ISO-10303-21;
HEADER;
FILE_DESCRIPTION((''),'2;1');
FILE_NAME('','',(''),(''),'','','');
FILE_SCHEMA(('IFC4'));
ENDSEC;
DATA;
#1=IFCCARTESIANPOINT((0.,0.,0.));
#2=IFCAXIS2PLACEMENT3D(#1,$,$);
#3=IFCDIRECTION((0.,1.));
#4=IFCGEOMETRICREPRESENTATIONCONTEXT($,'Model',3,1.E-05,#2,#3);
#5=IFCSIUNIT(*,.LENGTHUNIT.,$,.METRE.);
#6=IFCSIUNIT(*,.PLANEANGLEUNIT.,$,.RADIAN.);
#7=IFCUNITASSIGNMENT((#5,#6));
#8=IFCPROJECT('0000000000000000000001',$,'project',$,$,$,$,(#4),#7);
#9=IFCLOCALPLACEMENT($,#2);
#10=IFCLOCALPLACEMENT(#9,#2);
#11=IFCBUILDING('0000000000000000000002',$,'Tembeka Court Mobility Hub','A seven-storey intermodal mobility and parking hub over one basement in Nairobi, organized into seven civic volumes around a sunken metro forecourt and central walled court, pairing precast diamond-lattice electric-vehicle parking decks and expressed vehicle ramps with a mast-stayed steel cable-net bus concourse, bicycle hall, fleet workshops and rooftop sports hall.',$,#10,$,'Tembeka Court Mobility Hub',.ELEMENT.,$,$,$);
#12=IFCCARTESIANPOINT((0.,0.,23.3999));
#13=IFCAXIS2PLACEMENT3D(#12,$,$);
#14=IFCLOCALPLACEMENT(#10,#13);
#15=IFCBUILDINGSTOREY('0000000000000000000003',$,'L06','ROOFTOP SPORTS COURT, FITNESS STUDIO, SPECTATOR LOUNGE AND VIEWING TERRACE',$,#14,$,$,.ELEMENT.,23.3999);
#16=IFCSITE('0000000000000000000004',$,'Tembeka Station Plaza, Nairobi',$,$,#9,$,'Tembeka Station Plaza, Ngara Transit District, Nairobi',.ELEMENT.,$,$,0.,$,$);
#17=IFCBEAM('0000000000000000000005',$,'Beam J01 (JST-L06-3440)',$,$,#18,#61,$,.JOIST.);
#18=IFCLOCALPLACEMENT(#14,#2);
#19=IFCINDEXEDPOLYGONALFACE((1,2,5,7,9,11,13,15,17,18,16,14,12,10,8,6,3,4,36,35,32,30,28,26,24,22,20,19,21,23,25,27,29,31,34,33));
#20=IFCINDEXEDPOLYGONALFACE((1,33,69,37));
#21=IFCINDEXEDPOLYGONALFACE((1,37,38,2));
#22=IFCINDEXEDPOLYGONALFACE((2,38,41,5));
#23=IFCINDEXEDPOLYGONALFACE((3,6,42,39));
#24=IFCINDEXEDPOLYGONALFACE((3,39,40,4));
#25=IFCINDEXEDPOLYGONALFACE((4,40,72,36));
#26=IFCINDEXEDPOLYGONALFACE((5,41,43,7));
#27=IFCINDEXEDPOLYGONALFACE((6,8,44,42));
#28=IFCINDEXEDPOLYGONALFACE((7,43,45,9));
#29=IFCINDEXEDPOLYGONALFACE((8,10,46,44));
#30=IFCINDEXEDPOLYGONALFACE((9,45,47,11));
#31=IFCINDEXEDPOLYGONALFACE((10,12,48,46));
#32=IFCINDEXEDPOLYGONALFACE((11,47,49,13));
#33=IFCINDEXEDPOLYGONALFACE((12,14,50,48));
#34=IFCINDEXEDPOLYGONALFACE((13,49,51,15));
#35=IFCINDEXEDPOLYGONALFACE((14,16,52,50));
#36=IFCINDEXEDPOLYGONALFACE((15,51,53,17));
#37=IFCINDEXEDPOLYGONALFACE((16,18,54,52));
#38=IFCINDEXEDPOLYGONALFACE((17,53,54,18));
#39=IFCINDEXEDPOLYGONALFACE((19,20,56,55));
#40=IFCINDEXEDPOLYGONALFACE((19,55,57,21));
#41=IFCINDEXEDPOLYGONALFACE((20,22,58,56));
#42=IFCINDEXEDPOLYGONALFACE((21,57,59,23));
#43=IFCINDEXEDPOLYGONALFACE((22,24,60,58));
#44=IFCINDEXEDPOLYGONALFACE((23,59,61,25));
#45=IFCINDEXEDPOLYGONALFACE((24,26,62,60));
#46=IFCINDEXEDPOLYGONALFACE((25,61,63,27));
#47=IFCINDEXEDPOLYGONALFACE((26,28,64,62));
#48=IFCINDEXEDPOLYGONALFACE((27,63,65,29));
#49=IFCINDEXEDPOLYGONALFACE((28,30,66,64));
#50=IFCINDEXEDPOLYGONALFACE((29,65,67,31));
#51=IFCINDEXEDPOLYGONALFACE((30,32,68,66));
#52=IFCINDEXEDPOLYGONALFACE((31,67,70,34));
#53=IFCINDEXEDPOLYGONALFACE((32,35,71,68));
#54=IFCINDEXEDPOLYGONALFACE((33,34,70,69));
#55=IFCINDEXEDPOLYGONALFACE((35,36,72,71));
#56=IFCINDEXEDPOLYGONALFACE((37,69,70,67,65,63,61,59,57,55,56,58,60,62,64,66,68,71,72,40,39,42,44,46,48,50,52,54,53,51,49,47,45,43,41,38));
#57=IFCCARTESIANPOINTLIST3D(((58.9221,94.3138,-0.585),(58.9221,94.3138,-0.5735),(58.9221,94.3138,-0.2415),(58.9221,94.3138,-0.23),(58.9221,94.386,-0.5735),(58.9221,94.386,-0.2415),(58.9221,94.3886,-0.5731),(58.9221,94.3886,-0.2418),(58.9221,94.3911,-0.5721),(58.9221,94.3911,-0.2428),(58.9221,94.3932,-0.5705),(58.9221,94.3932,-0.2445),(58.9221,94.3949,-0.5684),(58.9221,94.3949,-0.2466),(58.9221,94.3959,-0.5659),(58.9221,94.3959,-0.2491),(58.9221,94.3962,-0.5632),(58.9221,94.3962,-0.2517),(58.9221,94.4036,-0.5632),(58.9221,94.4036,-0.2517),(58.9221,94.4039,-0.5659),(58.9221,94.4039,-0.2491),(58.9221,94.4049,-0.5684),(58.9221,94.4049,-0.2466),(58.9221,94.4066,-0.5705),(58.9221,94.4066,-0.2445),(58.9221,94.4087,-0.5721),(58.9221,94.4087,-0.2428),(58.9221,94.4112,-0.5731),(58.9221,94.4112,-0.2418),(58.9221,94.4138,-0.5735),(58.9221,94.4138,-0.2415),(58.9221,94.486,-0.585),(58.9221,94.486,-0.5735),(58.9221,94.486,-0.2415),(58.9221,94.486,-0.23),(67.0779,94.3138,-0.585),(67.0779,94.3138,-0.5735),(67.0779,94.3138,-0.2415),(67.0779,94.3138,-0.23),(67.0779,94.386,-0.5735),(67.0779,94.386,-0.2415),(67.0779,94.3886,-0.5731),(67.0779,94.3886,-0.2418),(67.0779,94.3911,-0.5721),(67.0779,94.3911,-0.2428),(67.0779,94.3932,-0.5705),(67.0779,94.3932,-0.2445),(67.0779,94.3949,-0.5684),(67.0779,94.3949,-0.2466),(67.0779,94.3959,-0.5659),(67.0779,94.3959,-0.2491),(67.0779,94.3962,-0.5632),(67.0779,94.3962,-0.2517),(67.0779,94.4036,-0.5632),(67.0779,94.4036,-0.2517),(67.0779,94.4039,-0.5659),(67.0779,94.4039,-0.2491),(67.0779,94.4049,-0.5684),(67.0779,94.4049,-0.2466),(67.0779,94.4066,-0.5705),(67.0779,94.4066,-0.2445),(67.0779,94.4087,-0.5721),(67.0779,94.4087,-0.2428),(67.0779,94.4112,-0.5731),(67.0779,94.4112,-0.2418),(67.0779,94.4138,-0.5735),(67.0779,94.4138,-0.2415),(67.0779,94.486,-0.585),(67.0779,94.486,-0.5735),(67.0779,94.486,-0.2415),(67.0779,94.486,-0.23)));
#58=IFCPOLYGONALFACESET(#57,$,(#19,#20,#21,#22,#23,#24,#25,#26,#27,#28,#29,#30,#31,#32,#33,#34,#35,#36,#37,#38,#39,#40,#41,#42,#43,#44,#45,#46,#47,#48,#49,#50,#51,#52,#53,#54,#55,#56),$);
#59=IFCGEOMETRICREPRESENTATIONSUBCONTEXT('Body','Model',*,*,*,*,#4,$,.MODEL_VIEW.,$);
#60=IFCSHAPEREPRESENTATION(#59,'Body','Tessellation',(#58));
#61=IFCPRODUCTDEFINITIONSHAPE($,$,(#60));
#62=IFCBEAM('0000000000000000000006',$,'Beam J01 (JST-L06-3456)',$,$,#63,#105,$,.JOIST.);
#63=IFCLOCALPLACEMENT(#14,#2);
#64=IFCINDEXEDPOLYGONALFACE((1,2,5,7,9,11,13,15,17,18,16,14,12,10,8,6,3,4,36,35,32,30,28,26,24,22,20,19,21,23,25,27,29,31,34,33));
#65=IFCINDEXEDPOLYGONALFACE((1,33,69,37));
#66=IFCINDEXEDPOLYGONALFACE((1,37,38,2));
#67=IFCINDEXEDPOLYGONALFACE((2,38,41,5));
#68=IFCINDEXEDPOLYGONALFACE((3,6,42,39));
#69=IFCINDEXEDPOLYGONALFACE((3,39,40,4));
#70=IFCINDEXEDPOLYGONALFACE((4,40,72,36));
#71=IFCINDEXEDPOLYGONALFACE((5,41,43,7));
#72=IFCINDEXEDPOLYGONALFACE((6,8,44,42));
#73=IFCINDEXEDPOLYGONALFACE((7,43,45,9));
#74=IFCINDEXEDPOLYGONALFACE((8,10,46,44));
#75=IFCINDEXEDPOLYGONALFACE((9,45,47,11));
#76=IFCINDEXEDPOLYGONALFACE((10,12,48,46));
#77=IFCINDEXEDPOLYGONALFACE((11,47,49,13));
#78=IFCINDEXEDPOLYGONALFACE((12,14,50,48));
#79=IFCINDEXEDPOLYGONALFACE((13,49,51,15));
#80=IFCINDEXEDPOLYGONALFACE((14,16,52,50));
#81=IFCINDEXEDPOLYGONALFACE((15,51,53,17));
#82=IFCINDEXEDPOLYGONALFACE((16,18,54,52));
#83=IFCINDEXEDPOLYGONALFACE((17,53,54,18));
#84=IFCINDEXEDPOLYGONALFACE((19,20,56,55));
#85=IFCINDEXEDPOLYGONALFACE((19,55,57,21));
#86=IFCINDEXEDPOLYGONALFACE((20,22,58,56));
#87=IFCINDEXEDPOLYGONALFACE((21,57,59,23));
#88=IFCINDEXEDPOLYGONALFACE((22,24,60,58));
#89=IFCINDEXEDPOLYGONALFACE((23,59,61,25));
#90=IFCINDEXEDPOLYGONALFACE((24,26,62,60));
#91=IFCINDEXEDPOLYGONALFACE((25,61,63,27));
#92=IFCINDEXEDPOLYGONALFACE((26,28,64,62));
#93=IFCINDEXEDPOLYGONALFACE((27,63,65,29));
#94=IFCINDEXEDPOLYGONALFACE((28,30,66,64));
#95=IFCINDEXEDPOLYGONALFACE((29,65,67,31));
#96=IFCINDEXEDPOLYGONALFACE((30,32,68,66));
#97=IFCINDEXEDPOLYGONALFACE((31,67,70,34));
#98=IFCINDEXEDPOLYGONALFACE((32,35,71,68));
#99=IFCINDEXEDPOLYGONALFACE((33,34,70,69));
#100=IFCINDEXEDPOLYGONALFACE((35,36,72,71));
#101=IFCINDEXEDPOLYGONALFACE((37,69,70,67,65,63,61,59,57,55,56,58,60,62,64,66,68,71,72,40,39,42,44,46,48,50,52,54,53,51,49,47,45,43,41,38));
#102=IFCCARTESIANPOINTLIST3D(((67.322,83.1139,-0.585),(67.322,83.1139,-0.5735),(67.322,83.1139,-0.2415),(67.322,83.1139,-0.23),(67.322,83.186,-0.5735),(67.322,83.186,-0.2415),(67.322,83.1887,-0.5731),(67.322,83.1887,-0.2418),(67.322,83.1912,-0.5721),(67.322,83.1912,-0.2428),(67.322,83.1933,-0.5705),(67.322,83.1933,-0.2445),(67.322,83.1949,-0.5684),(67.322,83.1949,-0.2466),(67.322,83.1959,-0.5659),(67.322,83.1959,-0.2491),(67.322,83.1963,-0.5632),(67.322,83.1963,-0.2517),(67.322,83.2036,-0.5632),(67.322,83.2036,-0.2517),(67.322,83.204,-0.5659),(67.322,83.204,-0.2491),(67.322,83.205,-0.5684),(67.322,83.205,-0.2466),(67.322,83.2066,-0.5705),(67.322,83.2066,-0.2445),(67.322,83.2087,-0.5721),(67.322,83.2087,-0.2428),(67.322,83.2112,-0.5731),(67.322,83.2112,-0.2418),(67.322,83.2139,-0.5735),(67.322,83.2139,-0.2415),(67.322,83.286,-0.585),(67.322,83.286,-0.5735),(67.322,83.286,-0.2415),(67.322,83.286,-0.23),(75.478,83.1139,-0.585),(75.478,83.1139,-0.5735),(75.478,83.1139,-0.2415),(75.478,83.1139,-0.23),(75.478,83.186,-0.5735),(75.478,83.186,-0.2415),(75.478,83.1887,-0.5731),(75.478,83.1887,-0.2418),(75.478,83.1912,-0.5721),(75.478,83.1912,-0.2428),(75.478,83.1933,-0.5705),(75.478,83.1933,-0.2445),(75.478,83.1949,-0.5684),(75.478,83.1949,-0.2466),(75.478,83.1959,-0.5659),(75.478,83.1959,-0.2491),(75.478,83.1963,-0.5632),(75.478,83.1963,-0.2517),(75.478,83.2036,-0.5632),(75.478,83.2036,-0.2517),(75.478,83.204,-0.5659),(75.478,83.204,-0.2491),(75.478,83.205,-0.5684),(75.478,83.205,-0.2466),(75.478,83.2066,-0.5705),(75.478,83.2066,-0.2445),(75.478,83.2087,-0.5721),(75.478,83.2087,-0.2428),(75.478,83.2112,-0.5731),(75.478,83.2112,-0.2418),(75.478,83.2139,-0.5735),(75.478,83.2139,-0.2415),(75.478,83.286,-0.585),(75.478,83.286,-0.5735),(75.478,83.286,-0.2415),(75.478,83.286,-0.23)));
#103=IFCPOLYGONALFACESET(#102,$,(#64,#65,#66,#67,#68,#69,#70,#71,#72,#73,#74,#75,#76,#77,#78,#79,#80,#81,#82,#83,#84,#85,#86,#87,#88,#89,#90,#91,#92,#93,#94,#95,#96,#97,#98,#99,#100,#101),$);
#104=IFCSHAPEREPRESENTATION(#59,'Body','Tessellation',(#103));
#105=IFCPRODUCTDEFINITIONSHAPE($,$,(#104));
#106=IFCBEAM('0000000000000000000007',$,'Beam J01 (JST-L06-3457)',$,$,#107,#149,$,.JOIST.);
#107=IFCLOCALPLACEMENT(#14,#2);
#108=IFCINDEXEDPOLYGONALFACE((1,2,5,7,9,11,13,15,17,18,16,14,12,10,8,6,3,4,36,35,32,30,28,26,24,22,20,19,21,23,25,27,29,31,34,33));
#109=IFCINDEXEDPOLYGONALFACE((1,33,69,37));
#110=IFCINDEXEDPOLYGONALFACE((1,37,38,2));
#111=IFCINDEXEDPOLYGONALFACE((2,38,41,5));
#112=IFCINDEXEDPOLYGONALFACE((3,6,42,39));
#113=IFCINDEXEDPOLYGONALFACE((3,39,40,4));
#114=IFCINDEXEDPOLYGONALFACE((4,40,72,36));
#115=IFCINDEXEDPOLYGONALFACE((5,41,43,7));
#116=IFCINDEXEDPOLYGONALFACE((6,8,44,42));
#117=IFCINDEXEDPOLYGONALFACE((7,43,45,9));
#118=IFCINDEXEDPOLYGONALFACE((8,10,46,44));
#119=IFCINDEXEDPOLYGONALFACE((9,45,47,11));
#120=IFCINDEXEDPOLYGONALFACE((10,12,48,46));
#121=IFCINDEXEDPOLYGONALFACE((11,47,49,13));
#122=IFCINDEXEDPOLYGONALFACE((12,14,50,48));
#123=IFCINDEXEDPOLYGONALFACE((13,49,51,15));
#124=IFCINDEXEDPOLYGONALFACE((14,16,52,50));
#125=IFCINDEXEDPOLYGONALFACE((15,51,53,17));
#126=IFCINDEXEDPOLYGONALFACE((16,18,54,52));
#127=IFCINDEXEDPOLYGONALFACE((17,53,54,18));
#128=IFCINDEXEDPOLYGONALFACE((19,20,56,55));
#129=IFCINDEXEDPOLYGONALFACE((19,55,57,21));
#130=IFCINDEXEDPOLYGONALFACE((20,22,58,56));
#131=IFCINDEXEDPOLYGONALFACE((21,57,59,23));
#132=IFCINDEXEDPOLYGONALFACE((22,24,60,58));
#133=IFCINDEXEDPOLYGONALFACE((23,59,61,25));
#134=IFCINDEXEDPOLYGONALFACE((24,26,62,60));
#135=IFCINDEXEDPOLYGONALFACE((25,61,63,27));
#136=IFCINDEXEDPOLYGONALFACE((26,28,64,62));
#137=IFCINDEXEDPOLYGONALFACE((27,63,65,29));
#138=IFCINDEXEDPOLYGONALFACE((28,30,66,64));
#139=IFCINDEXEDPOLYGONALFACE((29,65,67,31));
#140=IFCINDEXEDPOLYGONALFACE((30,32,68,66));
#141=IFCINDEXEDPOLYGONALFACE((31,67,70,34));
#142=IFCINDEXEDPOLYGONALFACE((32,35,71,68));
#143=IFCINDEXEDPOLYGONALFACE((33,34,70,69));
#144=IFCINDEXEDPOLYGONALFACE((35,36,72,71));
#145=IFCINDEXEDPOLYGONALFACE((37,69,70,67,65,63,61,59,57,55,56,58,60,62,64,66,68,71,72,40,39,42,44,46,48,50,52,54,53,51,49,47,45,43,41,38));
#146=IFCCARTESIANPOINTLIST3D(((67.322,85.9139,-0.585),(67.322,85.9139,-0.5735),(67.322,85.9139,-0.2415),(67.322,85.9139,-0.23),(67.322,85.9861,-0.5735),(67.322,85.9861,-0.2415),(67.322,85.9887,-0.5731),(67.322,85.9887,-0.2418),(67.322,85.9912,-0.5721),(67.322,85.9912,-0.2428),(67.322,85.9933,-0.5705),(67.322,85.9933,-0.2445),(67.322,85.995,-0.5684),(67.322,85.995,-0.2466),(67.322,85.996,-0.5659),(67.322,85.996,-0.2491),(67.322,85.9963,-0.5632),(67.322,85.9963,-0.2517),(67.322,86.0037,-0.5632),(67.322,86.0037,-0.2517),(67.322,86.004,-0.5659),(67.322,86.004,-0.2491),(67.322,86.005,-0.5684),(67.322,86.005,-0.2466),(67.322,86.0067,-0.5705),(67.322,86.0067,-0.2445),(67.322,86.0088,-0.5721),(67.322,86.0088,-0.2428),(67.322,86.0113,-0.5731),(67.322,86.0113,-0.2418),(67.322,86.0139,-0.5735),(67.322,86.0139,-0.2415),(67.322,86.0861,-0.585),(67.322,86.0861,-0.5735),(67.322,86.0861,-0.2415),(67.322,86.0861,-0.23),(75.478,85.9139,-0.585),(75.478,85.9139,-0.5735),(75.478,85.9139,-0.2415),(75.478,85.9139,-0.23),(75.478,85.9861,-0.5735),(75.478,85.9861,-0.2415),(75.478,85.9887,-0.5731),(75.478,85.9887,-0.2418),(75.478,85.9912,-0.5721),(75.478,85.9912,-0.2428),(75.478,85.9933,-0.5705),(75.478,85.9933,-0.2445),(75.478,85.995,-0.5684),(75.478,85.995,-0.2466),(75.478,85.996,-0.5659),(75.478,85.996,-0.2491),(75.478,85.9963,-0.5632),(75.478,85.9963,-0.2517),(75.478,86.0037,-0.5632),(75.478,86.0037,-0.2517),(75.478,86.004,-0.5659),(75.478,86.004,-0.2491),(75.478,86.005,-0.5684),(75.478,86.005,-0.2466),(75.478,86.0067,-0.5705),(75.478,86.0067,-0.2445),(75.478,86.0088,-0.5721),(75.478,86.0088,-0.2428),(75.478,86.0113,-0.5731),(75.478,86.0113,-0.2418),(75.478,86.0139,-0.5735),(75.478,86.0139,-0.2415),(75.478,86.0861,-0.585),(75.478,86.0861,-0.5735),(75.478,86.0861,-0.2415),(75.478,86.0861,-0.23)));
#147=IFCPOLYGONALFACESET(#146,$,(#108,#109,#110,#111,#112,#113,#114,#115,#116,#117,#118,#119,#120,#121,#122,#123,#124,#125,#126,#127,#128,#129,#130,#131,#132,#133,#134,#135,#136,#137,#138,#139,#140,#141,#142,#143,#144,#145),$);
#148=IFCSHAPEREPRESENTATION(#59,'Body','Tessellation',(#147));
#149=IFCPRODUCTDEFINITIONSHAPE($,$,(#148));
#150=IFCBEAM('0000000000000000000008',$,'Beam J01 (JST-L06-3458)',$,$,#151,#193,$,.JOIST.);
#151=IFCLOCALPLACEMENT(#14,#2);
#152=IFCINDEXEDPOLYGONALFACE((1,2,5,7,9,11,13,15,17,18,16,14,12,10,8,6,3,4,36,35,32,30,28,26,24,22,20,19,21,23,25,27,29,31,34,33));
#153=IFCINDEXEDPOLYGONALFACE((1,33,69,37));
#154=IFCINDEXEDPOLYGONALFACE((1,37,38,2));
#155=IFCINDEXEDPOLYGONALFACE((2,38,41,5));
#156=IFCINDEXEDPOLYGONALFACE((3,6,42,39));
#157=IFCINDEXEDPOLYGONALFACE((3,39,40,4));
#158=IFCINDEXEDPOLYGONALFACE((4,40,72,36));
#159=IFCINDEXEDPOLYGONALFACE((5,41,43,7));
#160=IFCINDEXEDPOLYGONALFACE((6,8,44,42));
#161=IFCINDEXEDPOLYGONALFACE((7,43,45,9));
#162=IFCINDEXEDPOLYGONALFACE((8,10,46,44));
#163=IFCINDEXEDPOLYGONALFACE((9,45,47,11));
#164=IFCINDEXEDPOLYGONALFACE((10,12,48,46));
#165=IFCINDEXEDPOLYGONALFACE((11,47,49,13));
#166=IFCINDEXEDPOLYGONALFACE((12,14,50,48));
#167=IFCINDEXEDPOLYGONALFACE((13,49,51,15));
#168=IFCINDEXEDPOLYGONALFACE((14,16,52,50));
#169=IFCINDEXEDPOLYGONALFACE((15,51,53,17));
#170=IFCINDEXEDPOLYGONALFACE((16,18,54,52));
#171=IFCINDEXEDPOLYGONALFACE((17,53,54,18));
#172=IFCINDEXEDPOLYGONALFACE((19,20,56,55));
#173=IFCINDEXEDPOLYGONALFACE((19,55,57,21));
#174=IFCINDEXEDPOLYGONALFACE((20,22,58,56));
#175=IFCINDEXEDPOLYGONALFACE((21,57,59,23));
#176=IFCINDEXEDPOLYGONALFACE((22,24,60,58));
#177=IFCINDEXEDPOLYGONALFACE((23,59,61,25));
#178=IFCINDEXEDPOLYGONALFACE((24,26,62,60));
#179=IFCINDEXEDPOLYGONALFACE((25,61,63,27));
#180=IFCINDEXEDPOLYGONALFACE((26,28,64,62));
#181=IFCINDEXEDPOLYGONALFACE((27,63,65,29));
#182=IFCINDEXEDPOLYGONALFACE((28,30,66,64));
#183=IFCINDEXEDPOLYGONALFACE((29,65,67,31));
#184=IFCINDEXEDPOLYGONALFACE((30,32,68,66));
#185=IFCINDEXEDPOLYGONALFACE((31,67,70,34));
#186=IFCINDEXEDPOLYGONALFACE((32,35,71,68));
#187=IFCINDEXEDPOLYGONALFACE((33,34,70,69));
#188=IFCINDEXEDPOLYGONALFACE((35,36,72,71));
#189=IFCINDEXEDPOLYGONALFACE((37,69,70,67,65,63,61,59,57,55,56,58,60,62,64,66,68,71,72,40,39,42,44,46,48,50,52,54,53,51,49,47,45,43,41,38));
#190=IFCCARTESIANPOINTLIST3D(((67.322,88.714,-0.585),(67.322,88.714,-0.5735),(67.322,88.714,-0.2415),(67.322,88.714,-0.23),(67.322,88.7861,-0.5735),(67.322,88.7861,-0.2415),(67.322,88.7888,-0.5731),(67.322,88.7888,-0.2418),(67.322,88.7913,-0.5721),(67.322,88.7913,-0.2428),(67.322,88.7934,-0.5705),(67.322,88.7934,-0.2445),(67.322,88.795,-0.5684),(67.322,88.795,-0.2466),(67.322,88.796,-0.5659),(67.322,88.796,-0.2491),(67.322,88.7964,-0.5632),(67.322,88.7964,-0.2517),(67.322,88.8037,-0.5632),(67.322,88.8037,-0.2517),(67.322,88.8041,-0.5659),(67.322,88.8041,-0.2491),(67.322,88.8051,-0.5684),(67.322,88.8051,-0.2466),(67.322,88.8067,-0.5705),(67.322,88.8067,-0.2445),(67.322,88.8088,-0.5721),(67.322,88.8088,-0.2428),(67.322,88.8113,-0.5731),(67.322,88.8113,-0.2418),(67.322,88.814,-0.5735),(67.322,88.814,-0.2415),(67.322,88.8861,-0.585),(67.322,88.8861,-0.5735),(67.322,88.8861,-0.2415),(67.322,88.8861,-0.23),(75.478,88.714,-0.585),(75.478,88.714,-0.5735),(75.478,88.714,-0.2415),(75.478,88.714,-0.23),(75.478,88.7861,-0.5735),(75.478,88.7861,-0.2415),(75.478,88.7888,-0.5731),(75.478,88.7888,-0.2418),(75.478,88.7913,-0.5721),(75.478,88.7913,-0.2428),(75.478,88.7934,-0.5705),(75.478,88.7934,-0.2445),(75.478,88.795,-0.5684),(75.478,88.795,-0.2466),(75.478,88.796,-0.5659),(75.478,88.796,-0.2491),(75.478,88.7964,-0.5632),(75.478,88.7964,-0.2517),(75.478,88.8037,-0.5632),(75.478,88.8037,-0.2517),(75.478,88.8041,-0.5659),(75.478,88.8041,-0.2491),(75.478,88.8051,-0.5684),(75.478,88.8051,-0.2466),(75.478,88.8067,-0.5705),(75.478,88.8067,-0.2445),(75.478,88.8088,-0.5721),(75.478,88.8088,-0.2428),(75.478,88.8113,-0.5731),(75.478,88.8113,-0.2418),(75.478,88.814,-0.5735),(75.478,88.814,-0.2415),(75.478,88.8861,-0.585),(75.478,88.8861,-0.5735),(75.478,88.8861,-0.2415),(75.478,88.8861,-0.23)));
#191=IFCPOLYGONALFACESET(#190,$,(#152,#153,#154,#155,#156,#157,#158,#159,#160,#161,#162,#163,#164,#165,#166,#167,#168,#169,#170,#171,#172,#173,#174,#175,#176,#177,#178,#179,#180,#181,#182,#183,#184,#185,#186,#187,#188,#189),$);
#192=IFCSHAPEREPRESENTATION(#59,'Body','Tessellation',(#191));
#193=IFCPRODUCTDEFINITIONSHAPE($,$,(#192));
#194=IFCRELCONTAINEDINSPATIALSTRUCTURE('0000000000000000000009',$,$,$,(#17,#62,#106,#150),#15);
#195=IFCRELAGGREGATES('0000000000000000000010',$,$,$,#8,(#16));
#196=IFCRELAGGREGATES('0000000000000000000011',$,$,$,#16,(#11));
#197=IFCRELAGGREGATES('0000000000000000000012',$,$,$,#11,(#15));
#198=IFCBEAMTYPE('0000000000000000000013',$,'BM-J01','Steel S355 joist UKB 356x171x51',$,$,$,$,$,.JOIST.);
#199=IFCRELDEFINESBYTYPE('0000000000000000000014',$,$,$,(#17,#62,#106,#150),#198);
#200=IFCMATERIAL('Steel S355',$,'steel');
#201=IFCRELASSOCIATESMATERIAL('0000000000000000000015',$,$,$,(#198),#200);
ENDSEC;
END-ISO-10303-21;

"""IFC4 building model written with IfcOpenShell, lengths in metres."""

from ifc_helpers import new_model, si_unit, direction, frame, origin, origin_2d, place, context, subcontext, project, spatial, i_section, extrude, material, material_profile, profile_set, type_object, element, save


model = new_model("IFC4")

# Units and contexts
model_context = context("Model", 3, precision=1e-05, world=origin(), true_north=direction((0.0, 1.0)))
body_context = subcontext(model_context, "Body", "Model", "MODEL_VIEW")
ifc_project = project(units=[si_unit("LENGTHUNIT", "METRE"), si_unit("PLANEANGLEUNIT", "RADIAN")], contexts=[model_context])

# Site, building, storey
site_placement = place(None, origin())
site = spatial("IfcSite", under=ifc_project, at=site_placement, Name="Tembeka Station Plaza, Nairobi", LongName="Tembeka Station Plaza, Ngara Transit District, Nairobi", CompositionType="ELEMENT", RefElevation=0.0)
building_placement = place(site_placement, origin())
building = spatial("IfcBuilding", under=site, at=building_placement, Name="Tembeka Court Mobility Hub", Description="A seven-storey intermodal mobility and parking hub over one basement in Nairobi, organized into seven civic volumes around a sunken metro forecourt and central walled court, pairing precast diamond-lattice electric-vehicle parking decks and expressed vehicle ramps with a mast-stayed steel cable-net bus concourse, bicycle hall, fleet workshops and rooftop sports hall.", LongName="Tembeka Court Mobility Hub", CompositionType="ELEMENT")
storey_placement = place(building_placement, frame((0.0, 0.0, 23.3999)))
storey = spatial("IfcBuildingStorey", under=building, at=storey_placement, Name="L06", Description="ROOFTOP SPORTS COURT, FITNESS STUDIO, SPECTATOR LOUNGE AND VIEWING TERRACE", CompositionType="ELEMENT", Elevation=23.3999)

# Beams
ifc_material_1 = material(Name="Steel S355", Category="steel")
ifc_material_profile_1 = material_profile(ifc_material_1, i_section(OverallWidth=0.1721, OverallDepth=0.355, WebThickness=0.0073, FlangeThickness=0.0115, FilletRadius=0.0103, at=origin_2d()), Name="UKB 356x171x51")
ifc_profile_set_1 = profile_set([ifc_material_profile_1], Name="Steel S355")
beam_type_1 = type_object("IfcBeamType", Name="BM-J01", Description="Steel S355 joist UKB 356x171x51", PredefinedType="JOIST", material=ifc_profile_set_1)
for number, where, z_axis, x_axis, name in (
    (1, (58.9221, 94.3999, -0.4075), (1.0, 0.0, 0.0), (0.0, 1.0, 0.0), "Beam J01 (JST-L06-3440)"),
):
    element("IfcBeam", number, at=place(storey_placement, frame(where, z_axis=z_axis, x_axis=x_axis)), inside=storey, type_object=beam_type_1, Name=name, PredefinedType="JOIST", context=body_context, shape_type="SweptSolid", body=[
        extrude(i_section(OverallWidth=0.1721, OverallDepth=0.355, WebThickness=0.0073, FlangeThickness=0.0115, FilletRadius=0.0103, at=origin_2d()), origin(), (0.0, 0.0, 1.0), 8.1558),
    ])
for number, where, z_axis, x_axis, name in (
    (2, (67.322, 83.2, -0.4075), (1.0, 0.0, 0.0), (0.0, 1.0, 0.0), "Beam J01 (JST-L06-3456)"),
    (3, (67.322, 86.0, -0.4075), (1.0, 0.0, 0.0), (0.0, 1.0, 0.0), "Beam J01 (JST-L06-3457)"),
    (4, (67.322, 88.8, -0.4075), (1.0, 0.0, 0.0), (0.0, 1.0, 0.0), "Beam J01 (JST-L06-3458)"),
):
    element("IfcBeam", number, at=place(storey_placement, frame(where, z_axis=z_axis, x_axis=x_axis)), inside=storey, type_object=beam_type_1, Name=name, PredefinedType="JOIST", context=body_context, shape_type="SweptSolid", body=[
        extrude(i_section(OverallWidth=0.1721, OverallDepth=0.355, WebThickness=0.0073, FlangeThickness=0.0115, FilletRadius=0.0103, at=origin_2d()), origin(), (0.0, 0.0, 1.0), 8.156),
    ])

save(model, "model.ifc")
